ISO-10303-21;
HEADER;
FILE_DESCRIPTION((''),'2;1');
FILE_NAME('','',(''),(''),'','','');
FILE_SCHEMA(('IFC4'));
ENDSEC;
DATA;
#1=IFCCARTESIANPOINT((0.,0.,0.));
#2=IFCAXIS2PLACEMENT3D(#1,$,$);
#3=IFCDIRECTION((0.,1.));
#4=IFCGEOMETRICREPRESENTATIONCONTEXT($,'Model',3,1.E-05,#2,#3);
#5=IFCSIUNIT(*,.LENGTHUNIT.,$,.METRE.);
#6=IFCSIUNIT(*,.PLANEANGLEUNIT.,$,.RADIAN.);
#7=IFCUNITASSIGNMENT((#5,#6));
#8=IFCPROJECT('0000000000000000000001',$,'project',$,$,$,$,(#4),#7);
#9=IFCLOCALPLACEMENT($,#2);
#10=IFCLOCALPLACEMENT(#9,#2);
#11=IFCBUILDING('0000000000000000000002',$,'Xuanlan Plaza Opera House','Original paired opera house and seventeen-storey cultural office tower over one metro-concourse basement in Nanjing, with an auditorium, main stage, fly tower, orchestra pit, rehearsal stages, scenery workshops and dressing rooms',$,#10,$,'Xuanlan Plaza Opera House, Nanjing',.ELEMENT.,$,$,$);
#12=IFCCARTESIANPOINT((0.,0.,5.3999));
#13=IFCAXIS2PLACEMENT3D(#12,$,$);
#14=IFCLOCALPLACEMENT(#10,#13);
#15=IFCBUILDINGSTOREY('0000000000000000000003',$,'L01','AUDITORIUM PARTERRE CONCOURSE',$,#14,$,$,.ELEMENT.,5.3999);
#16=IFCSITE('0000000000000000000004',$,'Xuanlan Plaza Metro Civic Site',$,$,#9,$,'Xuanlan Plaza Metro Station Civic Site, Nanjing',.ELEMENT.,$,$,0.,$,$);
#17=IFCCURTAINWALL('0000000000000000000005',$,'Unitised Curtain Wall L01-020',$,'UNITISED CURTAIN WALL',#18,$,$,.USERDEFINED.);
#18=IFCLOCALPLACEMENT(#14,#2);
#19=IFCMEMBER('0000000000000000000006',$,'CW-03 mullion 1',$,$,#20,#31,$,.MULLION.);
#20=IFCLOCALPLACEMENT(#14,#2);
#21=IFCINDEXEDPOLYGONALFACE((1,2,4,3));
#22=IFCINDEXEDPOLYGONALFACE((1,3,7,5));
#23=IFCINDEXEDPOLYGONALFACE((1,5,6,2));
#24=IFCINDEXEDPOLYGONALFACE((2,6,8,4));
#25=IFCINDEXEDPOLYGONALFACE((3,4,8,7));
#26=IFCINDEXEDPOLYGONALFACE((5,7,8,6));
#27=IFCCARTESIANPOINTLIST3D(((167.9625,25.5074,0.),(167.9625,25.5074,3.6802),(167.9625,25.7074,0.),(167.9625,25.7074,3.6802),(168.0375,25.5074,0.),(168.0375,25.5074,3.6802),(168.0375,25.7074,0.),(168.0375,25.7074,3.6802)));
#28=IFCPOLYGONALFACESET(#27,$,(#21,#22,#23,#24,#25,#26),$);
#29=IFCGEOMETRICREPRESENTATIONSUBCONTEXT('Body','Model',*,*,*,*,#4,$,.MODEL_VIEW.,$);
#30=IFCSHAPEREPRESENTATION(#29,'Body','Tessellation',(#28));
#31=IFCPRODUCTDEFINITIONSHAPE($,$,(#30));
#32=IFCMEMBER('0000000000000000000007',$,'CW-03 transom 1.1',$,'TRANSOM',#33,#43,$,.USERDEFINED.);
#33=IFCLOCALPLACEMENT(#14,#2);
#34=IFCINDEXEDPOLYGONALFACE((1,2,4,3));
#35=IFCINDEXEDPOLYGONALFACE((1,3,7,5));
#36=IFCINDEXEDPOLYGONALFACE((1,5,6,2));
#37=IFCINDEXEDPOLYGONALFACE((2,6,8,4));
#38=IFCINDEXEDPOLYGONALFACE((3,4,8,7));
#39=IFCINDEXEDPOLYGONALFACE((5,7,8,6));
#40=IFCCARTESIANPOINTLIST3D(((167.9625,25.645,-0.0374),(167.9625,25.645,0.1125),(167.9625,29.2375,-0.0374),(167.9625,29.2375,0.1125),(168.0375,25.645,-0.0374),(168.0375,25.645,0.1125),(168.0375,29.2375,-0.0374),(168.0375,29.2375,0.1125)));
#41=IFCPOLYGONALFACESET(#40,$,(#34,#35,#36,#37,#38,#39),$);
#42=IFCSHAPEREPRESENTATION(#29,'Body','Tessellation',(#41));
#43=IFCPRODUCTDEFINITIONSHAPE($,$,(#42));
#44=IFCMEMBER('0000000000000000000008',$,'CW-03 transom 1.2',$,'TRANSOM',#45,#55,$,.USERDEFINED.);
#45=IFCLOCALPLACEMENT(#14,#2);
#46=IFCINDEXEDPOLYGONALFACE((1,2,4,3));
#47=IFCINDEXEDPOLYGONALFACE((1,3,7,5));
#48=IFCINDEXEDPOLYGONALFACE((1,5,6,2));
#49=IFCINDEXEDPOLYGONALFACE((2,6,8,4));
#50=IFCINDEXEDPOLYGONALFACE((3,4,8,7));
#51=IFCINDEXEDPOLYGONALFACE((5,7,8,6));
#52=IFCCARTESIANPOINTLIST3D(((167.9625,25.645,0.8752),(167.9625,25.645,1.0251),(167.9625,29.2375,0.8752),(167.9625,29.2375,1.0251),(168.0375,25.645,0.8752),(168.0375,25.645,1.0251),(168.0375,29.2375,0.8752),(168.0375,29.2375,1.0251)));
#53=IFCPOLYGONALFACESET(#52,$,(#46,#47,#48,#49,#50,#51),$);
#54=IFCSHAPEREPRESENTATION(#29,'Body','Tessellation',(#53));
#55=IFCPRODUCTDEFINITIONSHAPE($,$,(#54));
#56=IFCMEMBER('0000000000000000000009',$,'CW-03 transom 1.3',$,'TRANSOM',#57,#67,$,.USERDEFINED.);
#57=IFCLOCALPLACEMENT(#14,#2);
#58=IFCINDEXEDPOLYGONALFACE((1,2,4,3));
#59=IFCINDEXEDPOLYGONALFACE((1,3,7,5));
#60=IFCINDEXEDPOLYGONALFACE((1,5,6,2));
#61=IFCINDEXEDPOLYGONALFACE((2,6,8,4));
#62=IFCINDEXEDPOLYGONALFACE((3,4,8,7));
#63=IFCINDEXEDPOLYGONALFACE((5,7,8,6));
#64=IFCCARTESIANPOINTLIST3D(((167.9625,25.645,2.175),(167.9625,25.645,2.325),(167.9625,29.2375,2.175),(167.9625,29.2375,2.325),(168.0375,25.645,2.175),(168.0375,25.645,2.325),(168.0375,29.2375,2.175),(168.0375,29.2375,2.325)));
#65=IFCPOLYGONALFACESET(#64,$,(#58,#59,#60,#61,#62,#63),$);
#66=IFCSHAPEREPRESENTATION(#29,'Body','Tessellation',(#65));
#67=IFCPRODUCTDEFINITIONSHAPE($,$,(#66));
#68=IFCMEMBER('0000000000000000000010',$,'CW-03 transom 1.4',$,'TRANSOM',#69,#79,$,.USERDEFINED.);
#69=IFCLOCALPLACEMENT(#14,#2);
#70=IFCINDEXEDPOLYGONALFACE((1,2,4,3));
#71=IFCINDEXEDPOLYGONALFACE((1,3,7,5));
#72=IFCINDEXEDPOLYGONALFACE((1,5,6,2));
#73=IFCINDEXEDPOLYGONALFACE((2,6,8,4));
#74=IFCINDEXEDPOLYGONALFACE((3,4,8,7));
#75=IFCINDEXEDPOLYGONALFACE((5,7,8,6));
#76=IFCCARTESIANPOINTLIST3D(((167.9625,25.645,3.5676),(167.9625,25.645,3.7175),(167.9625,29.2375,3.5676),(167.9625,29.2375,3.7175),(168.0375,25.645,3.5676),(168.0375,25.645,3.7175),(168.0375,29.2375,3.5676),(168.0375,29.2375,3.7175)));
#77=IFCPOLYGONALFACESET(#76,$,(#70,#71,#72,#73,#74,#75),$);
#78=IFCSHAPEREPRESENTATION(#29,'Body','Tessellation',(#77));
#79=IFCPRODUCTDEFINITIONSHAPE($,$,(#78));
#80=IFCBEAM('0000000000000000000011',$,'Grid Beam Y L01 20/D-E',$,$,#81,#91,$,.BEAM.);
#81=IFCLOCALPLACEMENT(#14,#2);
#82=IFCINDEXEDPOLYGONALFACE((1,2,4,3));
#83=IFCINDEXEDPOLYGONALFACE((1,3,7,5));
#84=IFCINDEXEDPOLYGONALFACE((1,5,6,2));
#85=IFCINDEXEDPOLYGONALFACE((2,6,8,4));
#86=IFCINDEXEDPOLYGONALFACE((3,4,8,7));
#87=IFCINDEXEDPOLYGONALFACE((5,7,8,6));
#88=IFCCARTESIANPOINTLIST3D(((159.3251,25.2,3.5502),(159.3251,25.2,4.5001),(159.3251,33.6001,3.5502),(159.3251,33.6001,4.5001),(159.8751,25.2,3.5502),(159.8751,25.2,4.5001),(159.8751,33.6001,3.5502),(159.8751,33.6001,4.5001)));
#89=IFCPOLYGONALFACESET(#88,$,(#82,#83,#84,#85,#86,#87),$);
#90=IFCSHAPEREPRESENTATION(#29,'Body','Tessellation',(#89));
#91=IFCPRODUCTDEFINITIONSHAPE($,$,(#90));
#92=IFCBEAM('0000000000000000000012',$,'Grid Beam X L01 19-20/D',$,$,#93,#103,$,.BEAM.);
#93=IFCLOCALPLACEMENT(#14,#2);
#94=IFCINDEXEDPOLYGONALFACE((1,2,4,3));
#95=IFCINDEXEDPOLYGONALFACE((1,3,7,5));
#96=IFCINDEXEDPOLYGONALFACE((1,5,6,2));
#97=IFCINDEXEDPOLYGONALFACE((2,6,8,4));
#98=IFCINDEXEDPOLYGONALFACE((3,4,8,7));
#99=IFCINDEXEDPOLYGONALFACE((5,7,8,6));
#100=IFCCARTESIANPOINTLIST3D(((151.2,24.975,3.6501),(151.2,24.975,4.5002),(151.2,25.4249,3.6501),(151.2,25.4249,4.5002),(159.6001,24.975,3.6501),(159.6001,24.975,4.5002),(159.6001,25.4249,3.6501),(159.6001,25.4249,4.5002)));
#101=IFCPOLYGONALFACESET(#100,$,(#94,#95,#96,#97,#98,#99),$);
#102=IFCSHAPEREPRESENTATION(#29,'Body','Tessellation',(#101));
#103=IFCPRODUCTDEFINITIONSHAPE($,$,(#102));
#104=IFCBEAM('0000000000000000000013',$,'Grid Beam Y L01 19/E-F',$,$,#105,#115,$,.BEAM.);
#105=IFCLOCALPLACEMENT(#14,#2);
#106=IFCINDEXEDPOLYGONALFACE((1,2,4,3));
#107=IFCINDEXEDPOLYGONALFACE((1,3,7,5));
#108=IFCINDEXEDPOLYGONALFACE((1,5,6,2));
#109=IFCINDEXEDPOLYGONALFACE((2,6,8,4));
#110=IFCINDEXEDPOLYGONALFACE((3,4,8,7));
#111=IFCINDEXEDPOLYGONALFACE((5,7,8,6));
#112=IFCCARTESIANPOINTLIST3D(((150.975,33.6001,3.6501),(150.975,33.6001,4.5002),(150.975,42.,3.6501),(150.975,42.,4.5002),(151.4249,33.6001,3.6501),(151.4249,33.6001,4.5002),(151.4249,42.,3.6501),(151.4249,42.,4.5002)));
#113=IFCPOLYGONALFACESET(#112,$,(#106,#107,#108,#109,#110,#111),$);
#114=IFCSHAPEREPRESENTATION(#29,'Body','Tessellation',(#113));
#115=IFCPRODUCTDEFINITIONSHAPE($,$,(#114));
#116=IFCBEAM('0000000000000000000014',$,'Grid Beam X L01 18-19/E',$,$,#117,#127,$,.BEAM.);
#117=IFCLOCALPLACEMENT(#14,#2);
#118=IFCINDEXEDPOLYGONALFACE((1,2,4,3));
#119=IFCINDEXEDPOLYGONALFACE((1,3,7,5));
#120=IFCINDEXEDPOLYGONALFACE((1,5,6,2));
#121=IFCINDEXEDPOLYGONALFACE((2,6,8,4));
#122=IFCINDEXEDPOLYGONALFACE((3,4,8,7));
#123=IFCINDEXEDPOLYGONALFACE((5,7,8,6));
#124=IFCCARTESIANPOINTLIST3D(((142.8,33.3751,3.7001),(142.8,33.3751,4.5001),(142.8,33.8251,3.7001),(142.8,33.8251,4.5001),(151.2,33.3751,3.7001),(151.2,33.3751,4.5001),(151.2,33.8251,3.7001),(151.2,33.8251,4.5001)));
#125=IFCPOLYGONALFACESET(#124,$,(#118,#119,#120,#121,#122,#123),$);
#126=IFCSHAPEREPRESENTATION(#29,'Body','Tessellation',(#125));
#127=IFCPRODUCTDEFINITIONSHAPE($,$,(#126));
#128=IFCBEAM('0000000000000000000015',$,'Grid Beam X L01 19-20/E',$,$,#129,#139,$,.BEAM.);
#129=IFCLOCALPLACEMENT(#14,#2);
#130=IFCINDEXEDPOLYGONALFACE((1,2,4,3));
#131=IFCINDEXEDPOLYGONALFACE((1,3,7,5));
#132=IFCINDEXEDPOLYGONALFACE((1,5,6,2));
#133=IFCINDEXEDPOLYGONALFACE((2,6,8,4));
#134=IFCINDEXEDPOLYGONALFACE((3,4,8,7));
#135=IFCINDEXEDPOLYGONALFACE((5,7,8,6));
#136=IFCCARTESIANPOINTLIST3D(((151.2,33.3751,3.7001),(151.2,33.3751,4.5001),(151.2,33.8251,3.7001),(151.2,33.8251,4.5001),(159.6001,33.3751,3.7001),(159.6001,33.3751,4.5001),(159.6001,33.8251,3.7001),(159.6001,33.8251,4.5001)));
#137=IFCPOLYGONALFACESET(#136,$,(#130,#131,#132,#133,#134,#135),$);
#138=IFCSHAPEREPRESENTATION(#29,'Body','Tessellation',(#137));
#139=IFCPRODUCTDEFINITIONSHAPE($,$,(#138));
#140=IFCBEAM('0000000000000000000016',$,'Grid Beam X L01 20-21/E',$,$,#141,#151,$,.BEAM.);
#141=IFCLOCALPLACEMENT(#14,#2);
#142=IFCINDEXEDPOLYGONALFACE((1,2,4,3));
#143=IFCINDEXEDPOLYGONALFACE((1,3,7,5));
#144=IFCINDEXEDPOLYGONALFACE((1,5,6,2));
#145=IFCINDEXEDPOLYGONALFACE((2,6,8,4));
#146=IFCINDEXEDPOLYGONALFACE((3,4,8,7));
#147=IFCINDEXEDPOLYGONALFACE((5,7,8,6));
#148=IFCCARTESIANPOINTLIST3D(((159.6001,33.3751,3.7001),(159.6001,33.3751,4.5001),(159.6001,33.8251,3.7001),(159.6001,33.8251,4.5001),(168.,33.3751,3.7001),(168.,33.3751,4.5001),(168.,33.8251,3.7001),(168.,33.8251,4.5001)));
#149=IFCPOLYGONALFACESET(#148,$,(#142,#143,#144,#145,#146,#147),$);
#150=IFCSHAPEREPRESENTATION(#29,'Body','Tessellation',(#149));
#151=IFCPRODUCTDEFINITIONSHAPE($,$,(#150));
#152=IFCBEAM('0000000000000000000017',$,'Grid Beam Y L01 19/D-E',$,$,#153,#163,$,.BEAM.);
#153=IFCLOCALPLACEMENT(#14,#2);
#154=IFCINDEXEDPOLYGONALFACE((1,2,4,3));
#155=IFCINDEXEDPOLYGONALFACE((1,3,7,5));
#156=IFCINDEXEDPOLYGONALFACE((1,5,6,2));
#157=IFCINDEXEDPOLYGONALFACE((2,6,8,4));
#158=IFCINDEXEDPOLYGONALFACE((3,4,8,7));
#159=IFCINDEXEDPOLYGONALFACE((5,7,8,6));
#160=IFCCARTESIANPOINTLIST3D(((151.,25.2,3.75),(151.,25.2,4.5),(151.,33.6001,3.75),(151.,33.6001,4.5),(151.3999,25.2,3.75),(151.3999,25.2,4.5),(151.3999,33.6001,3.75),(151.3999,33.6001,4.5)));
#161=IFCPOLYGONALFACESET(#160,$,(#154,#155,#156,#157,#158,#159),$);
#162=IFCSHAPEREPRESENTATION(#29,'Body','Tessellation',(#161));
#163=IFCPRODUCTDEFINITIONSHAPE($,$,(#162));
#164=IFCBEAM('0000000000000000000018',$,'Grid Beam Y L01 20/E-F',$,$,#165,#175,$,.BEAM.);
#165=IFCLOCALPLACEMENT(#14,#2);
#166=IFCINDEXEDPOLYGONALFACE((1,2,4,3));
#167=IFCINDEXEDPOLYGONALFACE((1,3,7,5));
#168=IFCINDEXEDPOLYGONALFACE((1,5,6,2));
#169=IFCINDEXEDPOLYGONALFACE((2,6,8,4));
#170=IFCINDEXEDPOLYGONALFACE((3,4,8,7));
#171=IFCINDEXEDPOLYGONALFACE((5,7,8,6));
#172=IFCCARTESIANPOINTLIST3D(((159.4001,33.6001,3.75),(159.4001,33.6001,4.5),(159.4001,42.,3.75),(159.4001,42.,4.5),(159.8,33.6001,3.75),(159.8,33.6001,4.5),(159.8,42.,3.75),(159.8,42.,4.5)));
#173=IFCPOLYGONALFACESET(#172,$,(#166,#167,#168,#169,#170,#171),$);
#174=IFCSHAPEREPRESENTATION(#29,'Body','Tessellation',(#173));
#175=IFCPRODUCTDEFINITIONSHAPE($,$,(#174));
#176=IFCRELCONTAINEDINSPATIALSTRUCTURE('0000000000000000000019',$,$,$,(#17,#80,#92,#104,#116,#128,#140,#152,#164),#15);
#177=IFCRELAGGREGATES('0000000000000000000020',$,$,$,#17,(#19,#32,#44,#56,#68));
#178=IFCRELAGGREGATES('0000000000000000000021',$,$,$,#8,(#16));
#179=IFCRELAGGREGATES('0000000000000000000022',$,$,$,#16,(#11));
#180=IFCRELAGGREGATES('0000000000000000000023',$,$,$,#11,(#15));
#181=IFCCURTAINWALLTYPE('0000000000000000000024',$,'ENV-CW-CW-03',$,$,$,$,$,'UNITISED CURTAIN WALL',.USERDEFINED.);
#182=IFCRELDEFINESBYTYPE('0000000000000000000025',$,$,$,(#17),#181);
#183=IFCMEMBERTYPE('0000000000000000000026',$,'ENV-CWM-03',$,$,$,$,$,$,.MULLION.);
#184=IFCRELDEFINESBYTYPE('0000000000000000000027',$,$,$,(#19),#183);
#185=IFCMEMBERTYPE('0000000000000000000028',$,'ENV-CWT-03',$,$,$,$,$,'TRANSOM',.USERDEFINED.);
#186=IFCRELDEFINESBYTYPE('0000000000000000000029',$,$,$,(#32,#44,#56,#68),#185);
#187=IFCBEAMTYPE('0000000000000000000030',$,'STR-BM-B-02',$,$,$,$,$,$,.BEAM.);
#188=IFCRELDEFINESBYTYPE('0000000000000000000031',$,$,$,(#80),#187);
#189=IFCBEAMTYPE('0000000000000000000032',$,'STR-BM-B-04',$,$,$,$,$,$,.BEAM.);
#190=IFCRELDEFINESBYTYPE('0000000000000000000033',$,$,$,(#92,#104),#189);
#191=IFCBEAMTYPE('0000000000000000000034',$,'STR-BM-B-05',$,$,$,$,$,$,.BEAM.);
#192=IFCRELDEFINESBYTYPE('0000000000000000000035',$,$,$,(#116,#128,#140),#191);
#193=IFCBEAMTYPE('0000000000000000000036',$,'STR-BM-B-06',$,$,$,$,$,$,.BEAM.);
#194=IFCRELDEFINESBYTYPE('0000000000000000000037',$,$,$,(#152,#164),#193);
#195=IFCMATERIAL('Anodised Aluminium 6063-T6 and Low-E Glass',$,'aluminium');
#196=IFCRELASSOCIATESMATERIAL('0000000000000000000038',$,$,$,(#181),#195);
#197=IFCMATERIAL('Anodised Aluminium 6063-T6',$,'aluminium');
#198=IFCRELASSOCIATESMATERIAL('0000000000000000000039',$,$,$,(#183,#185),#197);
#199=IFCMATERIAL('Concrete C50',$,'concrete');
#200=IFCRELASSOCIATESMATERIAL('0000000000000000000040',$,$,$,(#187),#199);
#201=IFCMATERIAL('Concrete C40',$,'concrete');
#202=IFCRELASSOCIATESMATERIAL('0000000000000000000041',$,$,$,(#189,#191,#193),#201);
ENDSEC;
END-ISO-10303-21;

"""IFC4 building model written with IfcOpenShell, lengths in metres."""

from ifc_helpers import new_model, si_unit, direction, frame, origin, origin_2d, place, context, subcontext, project, spatial, rectangle, extrude, material, material_profile, profile_set, type_object, element, aggregate, save


model = new_model("IFC4")

# Units and contexts
model_context = context("Model", 3, precision=1e-05, world=origin(), true_north=direction((0.0, 1.0)))
body_context = subcontext(model_context, "Body", "Model", "MODEL_VIEW")
ifc_project = project(units=[si_unit("LENGTHUNIT", "METRE"), si_unit("PLANEANGLEUNIT", "RADIAN")], contexts=[model_context])

# Site, building, storey
site_placement = place(None, origin())
site = spatial("IfcSite", under=ifc_project, at=site_placement, Name="Xuanlan Plaza Metro Civic Site", LongName="Xuanlan Plaza Metro Station Civic Site, Nanjing", CompositionType="ELEMENT", RefElevation=0.0)
building_placement = place(site_placement, origin())
building = spatial("IfcBuilding", under=site, at=building_placement, Name="Xuanlan Plaza Opera House", Description="Original paired opera house and seventeen-storey cultural office tower over one metro-concourse basement in Nanjing, with an auditorium, main stage, fly tower, orchestra pit, rehearsal stages, scenery workshops and dressing rooms", LongName="Xuanlan Plaza Opera House, Nanjing", CompositionType="ELEMENT")
storey_placement = place(building_placement, frame((0.0, 0.0, 5.3999)))
storey = spatial("IfcBuildingStorey", under=building, at=storey_placement, Name="L01", Description="AUDITORIUM PARTERRE CONCOURSE", CompositionType="ELEMENT", Elevation=5.3999)

# Shared definitions
ifc_material_1 = material(Name="Concrete C40", Category="concrete")

# Shared definitions
ifc_material_2 = material(Name="Anodised Aluminium 6063-T6 and Low-E Glass", Category="aluminium")
ifc_material_3 = material(Name="Anodised Aluminium 6063-T6", Category="aluminium")

# Curtain wall, members
curtain_wall_type_1 = type_object("IfcCurtainWallType", Name="ENV-CW-CW-03", ElementType="UNITISED CURTAIN WALL", PredefinedType="USERDEFINED", material=ifc_material_2)
curtain_wall_1_placement = place(storey_placement, origin())
curtain_wall_1 = element("IfcCurtainWall", 1, at=curtain_wall_1_placement, inside=storey, type_object=curtain_wall_type_1, Name="Unitised Curtain Wall L01-020", ObjectType="UNITISED CURTAIN WALL", PredefinedType="USERDEFINED")
ifc_material_profile_1 = material_profile(ifc_material_3, rectangle(XDim=0.075, YDim=0.2, at=origin_2d()), Name="ALU-M 75x200")
ifc_profile_set_1 = profile_set([ifc_material_profile_1], Name="Anodised Aluminium 6063-T6")
member_type_1 = type_object("IfcMemberType", Name="ENV-CWM-03", PredefinedType="MULLION", material=ifc_profile_set_1)
member_1_placement = place(storey_placement, frame((168.0, 25.6074, 0.0), z_axis=(0.0, 0.0, 1.0), x_axis=(-1.0, 0.0, 0.0)))
member_1 = element("IfcMember", 2, at=member_1_placement, type_object=member_type_1, Name="CW-03 mullion 1", PredefinedType="MULLION", context=body_context, shape_type="SweptSolid", body=[
    extrude(rectangle(XDim=0.075, YDim=0.2, at=origin_2d()), origin(), (0.0, 0.0, 1.0), 3.6802),
])
ifc_material_profile_2 = material_profile(ifc_material_3, rectangle(XDim=0.075, YDim=0.1499, at=origin_2d()), Name="ALU-T 75x150")
ifc_profile_set_2 = profile_set([ifc_material_profile_2], Name="Anodised Aluminium 6063-T6")
member_type_2 = type_object("IfcMemberType", Name="ENV-CWT-03", ElementType="TRANSOM", PredefinedType="USERDEFINED", material=ifc_profile_set_2)
member_2_placement = place(storey_placement, frame((168.0, 25.645, 0.0376), z_axis=(0.0, 1.0, 0.0), x_axis=(-1.0, 0.0, 0.0)))
member_2 = element("IfcMember", 3, at=member_2_placement, type_object=member_type_2, Name="CW-03 transom 1.1", ObjectType="TRANSOM", PredefinedType="USERDEFINED", context=body_context, shape_type="SweptSolid", body=[
    extrude(rectangle(XDim=0.075, YDim=0.1499, at=origin_2d()), origin(), (0.0, 0.0, 1.0), 3.5925),
])
member_3_placement = place(storey_placement, frame((168.0, 25.645, 0.9502), z_axis=(0.0, 1.0, 0.0), x_axis=(-1.0, 0.0, 0.0)))
member_3 = element("IfcMember", 4, at=member_3_placement, type_object=member_type_2, Name="CW-03 transom 1.2", ObjectType="TRANSOM", PredefinedType="USERDEFINED", context=body_context, shape_type="SweptSolid", body=[
    extrude(rectangle(XDim=0.075, YDim=0.1499, at=origin_2d()), origin(), (0.0, 0.0, 1.0), 3.5925),
])
member_4_placement = place(storey_placement, frame((168.0, 25.645, 2.25), z_axis=(0.0, 1.0, 0.0), x_axis=(-1.0, 0.0, 0.0)))
member_4 = element("IfcMember", 5, at=member_4_placement, type_object=member_type_2, Name="CW-03 transom 1.3", ObjectType="TRANSOM", PredefinedType="USERDEFINED", context=body_context, shape_type="SweptSolid", body=[
    extrude(rectangle(XDim=0.075, YDim=0.1499, at=origin_2d()), origin(), (0.0, 0.0, 1.0), 3.5925),
])
member_5_placement = place(storey_placement, frame((168.0, 25.645, 3.6426), z_axis=(0.0, 1.0, 0.0), x_axis=(-1.0, 0.0, 0.0)))
member_5 = element("IfcMember", 6, at=member_5_placement, type_object=member_type_2, Name="CW-03 transom 1.4", ObjectType="TRANSOM", PredefinedType="USERDEFINED", context=body_context, shape_type="SweptSolid", body=[
    extrude(rectangle(XDim=0.075, YDim=0.1499, at=origin_2d()), origin(), (0.0, 0.0, 1.0), 3.5925),
])
aggregate(curtain_wall_1, [member_1, member_2, member_3, member_4, member_5])

# Beams
ifc_material_4 = material(Name="Concrete C50", Category="concrete")
ifc_material_profile_3 = material_profile(ifc_material_4, rectangle(XDim=0.55, YDim=0.95, at=origin_2d()), Name="RC-BM 550x950")
ifc_profile_set_3 = profile_set([ifc_material_profile_3], Name="Concrete C50")
beam_type_1 = type_object("IfcBeamType", Name="STR-BM-B-02", PredefinedType="BEAM", material=ifc_profile_set_3)
beam_1_placement = place(storey_placement, frame((159.6001, 25.2, 4.0251), z_axis=(0.0, 1.0, 0.0), x_axis=(-1.0, 0.0, 0.0)))
element("IfcBeam", 7, at=beam_1_placement, inside=storey, type_object=beam_type_1, Name="Grid Beam Y L01 20/D-E", PredefinedType="BEAM", context=body_context, shape_type="SweptSolid", body=[
    extrude(rectangle(XDim=0.55, YDim=0.95, at=origin_2d()), origin(), (0.0, 0.0, 1.0), 8.4001),
])
ifc_material_profile_4 = material_profile(ifc_material_1, rectangle(XDim=0.45, YDim=0.8501, at=origin_2d()), Name="RC-BM 450x850")
ifc_profile_set_4 = profile_set([ifc_material_profile_4], Name="Concrete C40")
beam_type_2 = type_object("IfcBeamType", Name="STR-BM-B-04", PredefinedType="BEAM", material=ifc_profile_set_4)
beam_2_placement = place(storey_placement, frame((151.2, 25.2, 4.0752), z_axis=(1.0, 0.0, 0.0), x_axis=(0.0, 1.0, 0.0)))
element("IfcBeam", 8, at=beam_2_placement, inside=storey, type_object=beam_type_2, Name="Grid Beam X L01 19-20/D", PredefinedType="BEAM", context=body_context, shape_type="SweptSolid", body=[
    extrude(rectangle(XDim=0.45, YDim=0.8501, at=origin_2d()), origin(), (0.0, 0.0, 1.0), 8.4001),
])
beam_3_placement = place(storey_placement, frame((151.2, 33.6001, 4.0752), z_axis=(0.0, 1.0, 0.0), x_axis=(-1.0, 0.0, 0.0)))
element("IfcBeam", 9, at=beam_3_placement, inside=storey, type_object=beam_type_2, Name="Grid Beam Y L01 19/E-F", PredefinedType="BEAM", context=body_context, shape_type="SweptSolid", body=[
    extrude(rectangle(XDim=0.45, YDim=0.8501, at=origin_2d()), origin(), (0.0, 0.0, 1.0), 8.3999),
])
ifc_material_profile_5 = material_profile(ifc_material_1, rectangle(XDim=0.45, YDim=0.8, at=origin_2d()), Name="RC-BM 450x800")
ifc_profile_set_5 = profile_set([ifc_material_profile_5], Name="Concrete C40")
beam_type_3 = type_object("IfcBeamType", Name="STR-BM-B-05", PredefinedType="BEAM", material=ifc_profile_set_5)
beam_4_placement = place(storey_placement, frame((142.8, 33.6001, 4.1001), z_axis=(1.0, 0.0, 0.0), x_axis=(0.0, 1.0, 0.0)))
element("IfcBeam", 10, at=beam_4_placement, inside=storey, type_object=beam_type_3, Name="Grid Beam X L01 18-19/E", PredefinedType="BEAM", context=body_context, shape_type="SweptSolid", body=[
    extrude(rectangle(XDim=0.45, YDim=0.8, at=origin_2d()), origin(), (0.0, 0.0, 1.0), 8.3999),
])
beam_5_placement = place(storey_placement, frame((151.2, 33.6001, 4.1001), z_axis=(1.0, 0.0, 0.0), x_axis=(0.0, 1.0, 0.0)))
element("IfcBeam", 11, at=beam_5_placement, inside=storey, type_object=beam_type_3, Name="Grid Beam X L01 19-20/E", PredefinedType="BEAM", context=body_context, shape_type="SweptSolid", body=[
    extrude(rectangle(XDim=0.45, YDim=0.8, at=origin_2d()), origin(), (0.0, 0.0, 1.0), 8.4001),
])
beam_6_placement = place(storey_placement, frame((159.6001, 33.6001, 4.1001), z_axis=(1.0, 0.0, 0.0), x_axis=(0.0, 1.0, 0.0)))
element("IfcBeam", 12, at=beam_6_placement, inside=storey, type_object=beam_type_3, Name="Grid Beam X L01 20-21/E", PredefinedType="BEAM", context=body_context, shape_type="SweptSolid", body=[
    extrude(rectangle(XDim=0.45, YDim=0.8, at=origin_2d()), origin(), (0.0, 0.0, 1.0), 8.3999),
])
ifc_material_profile_6 = material_profile(ifc_material_1, rectangle(XDim=0.3999, YDim=0.75, at=origin_2d()), Name="RC-BM 400x750")
ifc_profile_set_6 = profile_set([ifc_material_profile_6], Name="Concrete C40")
beam_type_4 = type_object("IfcBeamType", Name="STR-BM-B-06", PredefinedType="BEAM", material=ifc_profile_set_6)
beam_7_placement = place(storey_placement, frame((151.2, 25.2, 4.125), z_axis=(0.0, 1.0, 0.0), x_axis=(-1.0, 0.0, 0.0)))
element("IfcBeam", 13, at=beam_7_placement, inside=storey, type_object=beam_type_4, Name="Grid Beam Y L01 19/D-E", PredefinedType="BEAM", context=body_context, shape_type="SweptSolid", body=[
    extrude(rectangle(XDim=0.3999, YDim=0.75, at=origin_2d()), origin(), (0.0, 0.0, 1.0), 8.4001),
])
beam_8_placement = place(storey_placement, frame((159.6001, 33.6001, 4.125), z_axis=(0.0, 1.0, 0.0), x_axis=(-1.0, 0.0, 0.0)))
element("IfcBeam", 14, at=beam_8_placement, inside=storey, type_object=beam_type_4, Name="Grid Beam Y L01 20/E-F", PredefinedType="BEAM", context=body_context, shape_type="SweptSolid", body=[
    extrude(rectangle(XDim=0.3999, YDim=0.75, at=origin_2d()), origin(), (0.0, 0.0, 1.0), 8.3999),
])

save(model, "model.ifc")
